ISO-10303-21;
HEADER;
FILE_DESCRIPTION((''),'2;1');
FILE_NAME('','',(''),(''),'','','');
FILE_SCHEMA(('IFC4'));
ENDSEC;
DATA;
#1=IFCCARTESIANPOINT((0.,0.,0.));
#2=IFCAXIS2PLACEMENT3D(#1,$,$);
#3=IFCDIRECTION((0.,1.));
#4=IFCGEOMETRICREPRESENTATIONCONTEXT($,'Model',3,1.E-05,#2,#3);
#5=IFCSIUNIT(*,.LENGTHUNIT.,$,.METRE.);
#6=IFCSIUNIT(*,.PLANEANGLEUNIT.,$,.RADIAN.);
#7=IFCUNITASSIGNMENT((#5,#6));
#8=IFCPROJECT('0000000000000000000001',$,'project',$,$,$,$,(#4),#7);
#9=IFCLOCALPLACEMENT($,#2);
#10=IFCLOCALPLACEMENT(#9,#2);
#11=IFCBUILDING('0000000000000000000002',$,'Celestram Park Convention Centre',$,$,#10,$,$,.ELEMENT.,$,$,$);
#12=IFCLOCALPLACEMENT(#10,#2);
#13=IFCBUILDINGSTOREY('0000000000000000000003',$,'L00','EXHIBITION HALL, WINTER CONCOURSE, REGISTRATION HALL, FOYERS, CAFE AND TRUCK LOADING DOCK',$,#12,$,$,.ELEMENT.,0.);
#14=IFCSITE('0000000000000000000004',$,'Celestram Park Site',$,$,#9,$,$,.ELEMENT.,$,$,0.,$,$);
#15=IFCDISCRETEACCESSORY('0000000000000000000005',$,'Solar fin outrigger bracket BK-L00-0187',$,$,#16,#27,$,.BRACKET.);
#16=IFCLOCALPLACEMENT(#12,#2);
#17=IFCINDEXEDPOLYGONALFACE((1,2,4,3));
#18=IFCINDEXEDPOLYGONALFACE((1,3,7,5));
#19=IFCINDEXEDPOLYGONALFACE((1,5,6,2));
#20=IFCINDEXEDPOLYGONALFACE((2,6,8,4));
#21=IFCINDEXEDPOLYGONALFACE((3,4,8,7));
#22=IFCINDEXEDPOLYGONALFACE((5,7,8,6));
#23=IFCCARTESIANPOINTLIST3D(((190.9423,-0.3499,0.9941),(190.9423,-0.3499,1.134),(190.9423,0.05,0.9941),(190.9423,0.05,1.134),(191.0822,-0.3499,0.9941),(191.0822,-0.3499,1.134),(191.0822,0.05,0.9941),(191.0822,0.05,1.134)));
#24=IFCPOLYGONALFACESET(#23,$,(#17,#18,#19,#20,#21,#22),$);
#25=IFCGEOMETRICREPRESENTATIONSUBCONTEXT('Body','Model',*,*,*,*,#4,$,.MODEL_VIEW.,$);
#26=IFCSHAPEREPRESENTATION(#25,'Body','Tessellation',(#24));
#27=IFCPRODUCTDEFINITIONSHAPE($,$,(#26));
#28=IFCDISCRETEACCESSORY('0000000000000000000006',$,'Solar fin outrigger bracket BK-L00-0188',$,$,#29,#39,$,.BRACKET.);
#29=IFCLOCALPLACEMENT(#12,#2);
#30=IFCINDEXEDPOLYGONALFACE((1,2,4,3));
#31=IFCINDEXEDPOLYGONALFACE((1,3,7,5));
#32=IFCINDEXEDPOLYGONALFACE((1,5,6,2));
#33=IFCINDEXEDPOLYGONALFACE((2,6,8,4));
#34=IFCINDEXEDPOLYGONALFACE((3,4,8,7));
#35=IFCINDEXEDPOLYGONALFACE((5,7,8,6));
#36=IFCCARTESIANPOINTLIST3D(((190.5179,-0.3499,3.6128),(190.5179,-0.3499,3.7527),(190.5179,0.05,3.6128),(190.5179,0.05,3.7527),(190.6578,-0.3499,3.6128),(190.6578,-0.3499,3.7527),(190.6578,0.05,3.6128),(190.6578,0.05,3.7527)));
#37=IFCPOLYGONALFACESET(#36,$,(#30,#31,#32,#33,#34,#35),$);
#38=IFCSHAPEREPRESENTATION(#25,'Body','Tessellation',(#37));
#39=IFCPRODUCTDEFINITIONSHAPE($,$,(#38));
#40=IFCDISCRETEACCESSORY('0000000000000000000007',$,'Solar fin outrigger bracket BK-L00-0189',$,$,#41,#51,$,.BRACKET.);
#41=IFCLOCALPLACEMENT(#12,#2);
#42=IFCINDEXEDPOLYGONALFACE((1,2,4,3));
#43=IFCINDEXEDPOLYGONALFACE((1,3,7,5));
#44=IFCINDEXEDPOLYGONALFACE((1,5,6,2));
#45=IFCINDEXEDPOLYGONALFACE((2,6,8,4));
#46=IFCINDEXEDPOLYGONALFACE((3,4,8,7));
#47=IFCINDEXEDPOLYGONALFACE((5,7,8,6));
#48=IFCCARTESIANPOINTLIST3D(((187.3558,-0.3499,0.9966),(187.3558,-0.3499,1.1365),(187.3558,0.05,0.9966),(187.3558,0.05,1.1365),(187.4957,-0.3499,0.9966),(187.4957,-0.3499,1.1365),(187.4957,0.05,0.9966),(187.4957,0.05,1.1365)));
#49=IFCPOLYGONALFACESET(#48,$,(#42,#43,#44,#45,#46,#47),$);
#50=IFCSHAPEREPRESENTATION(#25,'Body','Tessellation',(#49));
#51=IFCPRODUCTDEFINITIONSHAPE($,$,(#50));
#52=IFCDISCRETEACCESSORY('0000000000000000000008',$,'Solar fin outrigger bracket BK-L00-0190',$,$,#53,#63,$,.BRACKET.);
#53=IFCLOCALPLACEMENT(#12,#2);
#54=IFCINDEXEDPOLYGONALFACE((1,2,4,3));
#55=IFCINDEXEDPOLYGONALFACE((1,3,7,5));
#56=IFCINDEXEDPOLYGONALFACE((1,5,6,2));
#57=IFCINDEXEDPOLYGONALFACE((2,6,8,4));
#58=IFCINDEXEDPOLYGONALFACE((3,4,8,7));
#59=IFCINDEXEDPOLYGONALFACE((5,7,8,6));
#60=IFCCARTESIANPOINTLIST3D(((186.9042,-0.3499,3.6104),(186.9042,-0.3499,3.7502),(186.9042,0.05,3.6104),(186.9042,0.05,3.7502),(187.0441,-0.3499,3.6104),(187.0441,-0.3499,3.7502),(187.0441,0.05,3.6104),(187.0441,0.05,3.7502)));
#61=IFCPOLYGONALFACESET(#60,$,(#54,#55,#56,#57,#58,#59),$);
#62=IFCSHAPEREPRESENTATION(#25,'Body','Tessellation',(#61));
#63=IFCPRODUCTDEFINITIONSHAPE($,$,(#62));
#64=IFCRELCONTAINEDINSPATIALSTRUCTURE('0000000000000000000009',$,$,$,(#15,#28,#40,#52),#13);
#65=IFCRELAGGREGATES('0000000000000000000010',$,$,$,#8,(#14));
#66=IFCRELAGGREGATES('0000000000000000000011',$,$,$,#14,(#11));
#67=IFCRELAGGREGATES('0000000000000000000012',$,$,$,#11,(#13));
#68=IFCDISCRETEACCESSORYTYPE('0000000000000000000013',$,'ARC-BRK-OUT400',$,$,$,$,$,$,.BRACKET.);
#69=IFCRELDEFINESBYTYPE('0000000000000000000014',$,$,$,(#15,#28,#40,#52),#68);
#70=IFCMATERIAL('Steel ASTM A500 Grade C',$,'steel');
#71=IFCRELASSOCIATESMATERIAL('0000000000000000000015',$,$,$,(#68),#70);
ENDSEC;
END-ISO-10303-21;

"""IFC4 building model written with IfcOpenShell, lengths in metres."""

from ifc_helpers import new_model, si_unit, direction, frame, origin, origin_2d, place, context, subcontext, project, spatial, rectangle, extrude, material, type_object, element, save


model = new_model("IFC4")

# Units and contexts
model_context = context("Model", 3, precision=1e-05, world=origin(), true_north=direction((0.0, 1.0)))
body_context = subcontext(model_context, "Body", "Model", "MODEL_VIEW")
ifc_project = project(units=[si_unit("LENGTHUNIT", "METRE"), si_unit("PLANEANGLEUNIT", "RADIAN")], contexts=[model_context])

# Site, building, storey
site_placement = place(None, origin())
site = spatial("IfcSite", under=ifc_project, at=site_placement, Name="Celestram Park Site", CompositionType="ELEMENT", RefElevation=0.0)
building_placement = place(site_placement, origin())
building = spatial("IfcBuilding", under=site, at=building_placement, Name="Celestram Park Convention Centre", CompositionType="ELEMENT")
storey_placement = place(building_placement, origin())
storey = spatial("IfcBuildingStorey", under=building, at=storey_placement, Name="L00", Description="EXHIBITION HALL, WINTER CONCOURSE, REGISTRATION HALL, FOYERS, CAFE AND TRUCK LOADING DOCK", CompositionType="ELEMENT", Elevation=0.0)

# Discrete accessories
ifc_material_1 = material(Name="Steel ASTM A500 Grade C", Category="steel")
discrete_accessory_type = type_object("IfcDiscreteAccessoryType", Name="ARC-BRK-OUT400", PredefinedType="BRACKET", material=ifc_material_1)
for number, where, z_axis, x_axis, name in (
    (1, (191.0122, -0.1499, 0.9941), (0.0, 0.0, 1.0), (0.0, -1.0, 0.0), "Solar fin outrigger bracket BK-L00-0187"),
    (2, (190.5879, -0.1499, 3.6128), (0.0, 0.0, 1.0), (0.0, -1.0, 0.0), "Solar fin outrigger bracket BK-L00-0188"),
    (3, (187.4258, -0.1499, 0.9966), (0.0, 0.0, 1.0), (0.0, -1.0, 0.0), "Solar fin outrigger bracket BK-L00-0189"),
    (4, (186.9741, -0.1499, 3.6104), (0.0, 0.0, 1.0), (0.0, -1.0, 0.0), "Solar fin outrigger bracket BK-L00-0190"),
):
    element("IfcDiscreteAccessory", number, at=place(storey_placement, frame(where, z_axis=z_axis, x_axis=x_axis)), inside=storey, type_object=discrete_accessory_type, Name=name, PredefinedType="BRACKET", context=body_context, shape_type="SweptSolid", body=[
        extrude(rectangle(XDim=0.3999, YDim=0.1399, at=origin_2d()), origin(), (0.0, 0.0, 1.0), 0.1399),
    ])

save(model, "model.ifc")
